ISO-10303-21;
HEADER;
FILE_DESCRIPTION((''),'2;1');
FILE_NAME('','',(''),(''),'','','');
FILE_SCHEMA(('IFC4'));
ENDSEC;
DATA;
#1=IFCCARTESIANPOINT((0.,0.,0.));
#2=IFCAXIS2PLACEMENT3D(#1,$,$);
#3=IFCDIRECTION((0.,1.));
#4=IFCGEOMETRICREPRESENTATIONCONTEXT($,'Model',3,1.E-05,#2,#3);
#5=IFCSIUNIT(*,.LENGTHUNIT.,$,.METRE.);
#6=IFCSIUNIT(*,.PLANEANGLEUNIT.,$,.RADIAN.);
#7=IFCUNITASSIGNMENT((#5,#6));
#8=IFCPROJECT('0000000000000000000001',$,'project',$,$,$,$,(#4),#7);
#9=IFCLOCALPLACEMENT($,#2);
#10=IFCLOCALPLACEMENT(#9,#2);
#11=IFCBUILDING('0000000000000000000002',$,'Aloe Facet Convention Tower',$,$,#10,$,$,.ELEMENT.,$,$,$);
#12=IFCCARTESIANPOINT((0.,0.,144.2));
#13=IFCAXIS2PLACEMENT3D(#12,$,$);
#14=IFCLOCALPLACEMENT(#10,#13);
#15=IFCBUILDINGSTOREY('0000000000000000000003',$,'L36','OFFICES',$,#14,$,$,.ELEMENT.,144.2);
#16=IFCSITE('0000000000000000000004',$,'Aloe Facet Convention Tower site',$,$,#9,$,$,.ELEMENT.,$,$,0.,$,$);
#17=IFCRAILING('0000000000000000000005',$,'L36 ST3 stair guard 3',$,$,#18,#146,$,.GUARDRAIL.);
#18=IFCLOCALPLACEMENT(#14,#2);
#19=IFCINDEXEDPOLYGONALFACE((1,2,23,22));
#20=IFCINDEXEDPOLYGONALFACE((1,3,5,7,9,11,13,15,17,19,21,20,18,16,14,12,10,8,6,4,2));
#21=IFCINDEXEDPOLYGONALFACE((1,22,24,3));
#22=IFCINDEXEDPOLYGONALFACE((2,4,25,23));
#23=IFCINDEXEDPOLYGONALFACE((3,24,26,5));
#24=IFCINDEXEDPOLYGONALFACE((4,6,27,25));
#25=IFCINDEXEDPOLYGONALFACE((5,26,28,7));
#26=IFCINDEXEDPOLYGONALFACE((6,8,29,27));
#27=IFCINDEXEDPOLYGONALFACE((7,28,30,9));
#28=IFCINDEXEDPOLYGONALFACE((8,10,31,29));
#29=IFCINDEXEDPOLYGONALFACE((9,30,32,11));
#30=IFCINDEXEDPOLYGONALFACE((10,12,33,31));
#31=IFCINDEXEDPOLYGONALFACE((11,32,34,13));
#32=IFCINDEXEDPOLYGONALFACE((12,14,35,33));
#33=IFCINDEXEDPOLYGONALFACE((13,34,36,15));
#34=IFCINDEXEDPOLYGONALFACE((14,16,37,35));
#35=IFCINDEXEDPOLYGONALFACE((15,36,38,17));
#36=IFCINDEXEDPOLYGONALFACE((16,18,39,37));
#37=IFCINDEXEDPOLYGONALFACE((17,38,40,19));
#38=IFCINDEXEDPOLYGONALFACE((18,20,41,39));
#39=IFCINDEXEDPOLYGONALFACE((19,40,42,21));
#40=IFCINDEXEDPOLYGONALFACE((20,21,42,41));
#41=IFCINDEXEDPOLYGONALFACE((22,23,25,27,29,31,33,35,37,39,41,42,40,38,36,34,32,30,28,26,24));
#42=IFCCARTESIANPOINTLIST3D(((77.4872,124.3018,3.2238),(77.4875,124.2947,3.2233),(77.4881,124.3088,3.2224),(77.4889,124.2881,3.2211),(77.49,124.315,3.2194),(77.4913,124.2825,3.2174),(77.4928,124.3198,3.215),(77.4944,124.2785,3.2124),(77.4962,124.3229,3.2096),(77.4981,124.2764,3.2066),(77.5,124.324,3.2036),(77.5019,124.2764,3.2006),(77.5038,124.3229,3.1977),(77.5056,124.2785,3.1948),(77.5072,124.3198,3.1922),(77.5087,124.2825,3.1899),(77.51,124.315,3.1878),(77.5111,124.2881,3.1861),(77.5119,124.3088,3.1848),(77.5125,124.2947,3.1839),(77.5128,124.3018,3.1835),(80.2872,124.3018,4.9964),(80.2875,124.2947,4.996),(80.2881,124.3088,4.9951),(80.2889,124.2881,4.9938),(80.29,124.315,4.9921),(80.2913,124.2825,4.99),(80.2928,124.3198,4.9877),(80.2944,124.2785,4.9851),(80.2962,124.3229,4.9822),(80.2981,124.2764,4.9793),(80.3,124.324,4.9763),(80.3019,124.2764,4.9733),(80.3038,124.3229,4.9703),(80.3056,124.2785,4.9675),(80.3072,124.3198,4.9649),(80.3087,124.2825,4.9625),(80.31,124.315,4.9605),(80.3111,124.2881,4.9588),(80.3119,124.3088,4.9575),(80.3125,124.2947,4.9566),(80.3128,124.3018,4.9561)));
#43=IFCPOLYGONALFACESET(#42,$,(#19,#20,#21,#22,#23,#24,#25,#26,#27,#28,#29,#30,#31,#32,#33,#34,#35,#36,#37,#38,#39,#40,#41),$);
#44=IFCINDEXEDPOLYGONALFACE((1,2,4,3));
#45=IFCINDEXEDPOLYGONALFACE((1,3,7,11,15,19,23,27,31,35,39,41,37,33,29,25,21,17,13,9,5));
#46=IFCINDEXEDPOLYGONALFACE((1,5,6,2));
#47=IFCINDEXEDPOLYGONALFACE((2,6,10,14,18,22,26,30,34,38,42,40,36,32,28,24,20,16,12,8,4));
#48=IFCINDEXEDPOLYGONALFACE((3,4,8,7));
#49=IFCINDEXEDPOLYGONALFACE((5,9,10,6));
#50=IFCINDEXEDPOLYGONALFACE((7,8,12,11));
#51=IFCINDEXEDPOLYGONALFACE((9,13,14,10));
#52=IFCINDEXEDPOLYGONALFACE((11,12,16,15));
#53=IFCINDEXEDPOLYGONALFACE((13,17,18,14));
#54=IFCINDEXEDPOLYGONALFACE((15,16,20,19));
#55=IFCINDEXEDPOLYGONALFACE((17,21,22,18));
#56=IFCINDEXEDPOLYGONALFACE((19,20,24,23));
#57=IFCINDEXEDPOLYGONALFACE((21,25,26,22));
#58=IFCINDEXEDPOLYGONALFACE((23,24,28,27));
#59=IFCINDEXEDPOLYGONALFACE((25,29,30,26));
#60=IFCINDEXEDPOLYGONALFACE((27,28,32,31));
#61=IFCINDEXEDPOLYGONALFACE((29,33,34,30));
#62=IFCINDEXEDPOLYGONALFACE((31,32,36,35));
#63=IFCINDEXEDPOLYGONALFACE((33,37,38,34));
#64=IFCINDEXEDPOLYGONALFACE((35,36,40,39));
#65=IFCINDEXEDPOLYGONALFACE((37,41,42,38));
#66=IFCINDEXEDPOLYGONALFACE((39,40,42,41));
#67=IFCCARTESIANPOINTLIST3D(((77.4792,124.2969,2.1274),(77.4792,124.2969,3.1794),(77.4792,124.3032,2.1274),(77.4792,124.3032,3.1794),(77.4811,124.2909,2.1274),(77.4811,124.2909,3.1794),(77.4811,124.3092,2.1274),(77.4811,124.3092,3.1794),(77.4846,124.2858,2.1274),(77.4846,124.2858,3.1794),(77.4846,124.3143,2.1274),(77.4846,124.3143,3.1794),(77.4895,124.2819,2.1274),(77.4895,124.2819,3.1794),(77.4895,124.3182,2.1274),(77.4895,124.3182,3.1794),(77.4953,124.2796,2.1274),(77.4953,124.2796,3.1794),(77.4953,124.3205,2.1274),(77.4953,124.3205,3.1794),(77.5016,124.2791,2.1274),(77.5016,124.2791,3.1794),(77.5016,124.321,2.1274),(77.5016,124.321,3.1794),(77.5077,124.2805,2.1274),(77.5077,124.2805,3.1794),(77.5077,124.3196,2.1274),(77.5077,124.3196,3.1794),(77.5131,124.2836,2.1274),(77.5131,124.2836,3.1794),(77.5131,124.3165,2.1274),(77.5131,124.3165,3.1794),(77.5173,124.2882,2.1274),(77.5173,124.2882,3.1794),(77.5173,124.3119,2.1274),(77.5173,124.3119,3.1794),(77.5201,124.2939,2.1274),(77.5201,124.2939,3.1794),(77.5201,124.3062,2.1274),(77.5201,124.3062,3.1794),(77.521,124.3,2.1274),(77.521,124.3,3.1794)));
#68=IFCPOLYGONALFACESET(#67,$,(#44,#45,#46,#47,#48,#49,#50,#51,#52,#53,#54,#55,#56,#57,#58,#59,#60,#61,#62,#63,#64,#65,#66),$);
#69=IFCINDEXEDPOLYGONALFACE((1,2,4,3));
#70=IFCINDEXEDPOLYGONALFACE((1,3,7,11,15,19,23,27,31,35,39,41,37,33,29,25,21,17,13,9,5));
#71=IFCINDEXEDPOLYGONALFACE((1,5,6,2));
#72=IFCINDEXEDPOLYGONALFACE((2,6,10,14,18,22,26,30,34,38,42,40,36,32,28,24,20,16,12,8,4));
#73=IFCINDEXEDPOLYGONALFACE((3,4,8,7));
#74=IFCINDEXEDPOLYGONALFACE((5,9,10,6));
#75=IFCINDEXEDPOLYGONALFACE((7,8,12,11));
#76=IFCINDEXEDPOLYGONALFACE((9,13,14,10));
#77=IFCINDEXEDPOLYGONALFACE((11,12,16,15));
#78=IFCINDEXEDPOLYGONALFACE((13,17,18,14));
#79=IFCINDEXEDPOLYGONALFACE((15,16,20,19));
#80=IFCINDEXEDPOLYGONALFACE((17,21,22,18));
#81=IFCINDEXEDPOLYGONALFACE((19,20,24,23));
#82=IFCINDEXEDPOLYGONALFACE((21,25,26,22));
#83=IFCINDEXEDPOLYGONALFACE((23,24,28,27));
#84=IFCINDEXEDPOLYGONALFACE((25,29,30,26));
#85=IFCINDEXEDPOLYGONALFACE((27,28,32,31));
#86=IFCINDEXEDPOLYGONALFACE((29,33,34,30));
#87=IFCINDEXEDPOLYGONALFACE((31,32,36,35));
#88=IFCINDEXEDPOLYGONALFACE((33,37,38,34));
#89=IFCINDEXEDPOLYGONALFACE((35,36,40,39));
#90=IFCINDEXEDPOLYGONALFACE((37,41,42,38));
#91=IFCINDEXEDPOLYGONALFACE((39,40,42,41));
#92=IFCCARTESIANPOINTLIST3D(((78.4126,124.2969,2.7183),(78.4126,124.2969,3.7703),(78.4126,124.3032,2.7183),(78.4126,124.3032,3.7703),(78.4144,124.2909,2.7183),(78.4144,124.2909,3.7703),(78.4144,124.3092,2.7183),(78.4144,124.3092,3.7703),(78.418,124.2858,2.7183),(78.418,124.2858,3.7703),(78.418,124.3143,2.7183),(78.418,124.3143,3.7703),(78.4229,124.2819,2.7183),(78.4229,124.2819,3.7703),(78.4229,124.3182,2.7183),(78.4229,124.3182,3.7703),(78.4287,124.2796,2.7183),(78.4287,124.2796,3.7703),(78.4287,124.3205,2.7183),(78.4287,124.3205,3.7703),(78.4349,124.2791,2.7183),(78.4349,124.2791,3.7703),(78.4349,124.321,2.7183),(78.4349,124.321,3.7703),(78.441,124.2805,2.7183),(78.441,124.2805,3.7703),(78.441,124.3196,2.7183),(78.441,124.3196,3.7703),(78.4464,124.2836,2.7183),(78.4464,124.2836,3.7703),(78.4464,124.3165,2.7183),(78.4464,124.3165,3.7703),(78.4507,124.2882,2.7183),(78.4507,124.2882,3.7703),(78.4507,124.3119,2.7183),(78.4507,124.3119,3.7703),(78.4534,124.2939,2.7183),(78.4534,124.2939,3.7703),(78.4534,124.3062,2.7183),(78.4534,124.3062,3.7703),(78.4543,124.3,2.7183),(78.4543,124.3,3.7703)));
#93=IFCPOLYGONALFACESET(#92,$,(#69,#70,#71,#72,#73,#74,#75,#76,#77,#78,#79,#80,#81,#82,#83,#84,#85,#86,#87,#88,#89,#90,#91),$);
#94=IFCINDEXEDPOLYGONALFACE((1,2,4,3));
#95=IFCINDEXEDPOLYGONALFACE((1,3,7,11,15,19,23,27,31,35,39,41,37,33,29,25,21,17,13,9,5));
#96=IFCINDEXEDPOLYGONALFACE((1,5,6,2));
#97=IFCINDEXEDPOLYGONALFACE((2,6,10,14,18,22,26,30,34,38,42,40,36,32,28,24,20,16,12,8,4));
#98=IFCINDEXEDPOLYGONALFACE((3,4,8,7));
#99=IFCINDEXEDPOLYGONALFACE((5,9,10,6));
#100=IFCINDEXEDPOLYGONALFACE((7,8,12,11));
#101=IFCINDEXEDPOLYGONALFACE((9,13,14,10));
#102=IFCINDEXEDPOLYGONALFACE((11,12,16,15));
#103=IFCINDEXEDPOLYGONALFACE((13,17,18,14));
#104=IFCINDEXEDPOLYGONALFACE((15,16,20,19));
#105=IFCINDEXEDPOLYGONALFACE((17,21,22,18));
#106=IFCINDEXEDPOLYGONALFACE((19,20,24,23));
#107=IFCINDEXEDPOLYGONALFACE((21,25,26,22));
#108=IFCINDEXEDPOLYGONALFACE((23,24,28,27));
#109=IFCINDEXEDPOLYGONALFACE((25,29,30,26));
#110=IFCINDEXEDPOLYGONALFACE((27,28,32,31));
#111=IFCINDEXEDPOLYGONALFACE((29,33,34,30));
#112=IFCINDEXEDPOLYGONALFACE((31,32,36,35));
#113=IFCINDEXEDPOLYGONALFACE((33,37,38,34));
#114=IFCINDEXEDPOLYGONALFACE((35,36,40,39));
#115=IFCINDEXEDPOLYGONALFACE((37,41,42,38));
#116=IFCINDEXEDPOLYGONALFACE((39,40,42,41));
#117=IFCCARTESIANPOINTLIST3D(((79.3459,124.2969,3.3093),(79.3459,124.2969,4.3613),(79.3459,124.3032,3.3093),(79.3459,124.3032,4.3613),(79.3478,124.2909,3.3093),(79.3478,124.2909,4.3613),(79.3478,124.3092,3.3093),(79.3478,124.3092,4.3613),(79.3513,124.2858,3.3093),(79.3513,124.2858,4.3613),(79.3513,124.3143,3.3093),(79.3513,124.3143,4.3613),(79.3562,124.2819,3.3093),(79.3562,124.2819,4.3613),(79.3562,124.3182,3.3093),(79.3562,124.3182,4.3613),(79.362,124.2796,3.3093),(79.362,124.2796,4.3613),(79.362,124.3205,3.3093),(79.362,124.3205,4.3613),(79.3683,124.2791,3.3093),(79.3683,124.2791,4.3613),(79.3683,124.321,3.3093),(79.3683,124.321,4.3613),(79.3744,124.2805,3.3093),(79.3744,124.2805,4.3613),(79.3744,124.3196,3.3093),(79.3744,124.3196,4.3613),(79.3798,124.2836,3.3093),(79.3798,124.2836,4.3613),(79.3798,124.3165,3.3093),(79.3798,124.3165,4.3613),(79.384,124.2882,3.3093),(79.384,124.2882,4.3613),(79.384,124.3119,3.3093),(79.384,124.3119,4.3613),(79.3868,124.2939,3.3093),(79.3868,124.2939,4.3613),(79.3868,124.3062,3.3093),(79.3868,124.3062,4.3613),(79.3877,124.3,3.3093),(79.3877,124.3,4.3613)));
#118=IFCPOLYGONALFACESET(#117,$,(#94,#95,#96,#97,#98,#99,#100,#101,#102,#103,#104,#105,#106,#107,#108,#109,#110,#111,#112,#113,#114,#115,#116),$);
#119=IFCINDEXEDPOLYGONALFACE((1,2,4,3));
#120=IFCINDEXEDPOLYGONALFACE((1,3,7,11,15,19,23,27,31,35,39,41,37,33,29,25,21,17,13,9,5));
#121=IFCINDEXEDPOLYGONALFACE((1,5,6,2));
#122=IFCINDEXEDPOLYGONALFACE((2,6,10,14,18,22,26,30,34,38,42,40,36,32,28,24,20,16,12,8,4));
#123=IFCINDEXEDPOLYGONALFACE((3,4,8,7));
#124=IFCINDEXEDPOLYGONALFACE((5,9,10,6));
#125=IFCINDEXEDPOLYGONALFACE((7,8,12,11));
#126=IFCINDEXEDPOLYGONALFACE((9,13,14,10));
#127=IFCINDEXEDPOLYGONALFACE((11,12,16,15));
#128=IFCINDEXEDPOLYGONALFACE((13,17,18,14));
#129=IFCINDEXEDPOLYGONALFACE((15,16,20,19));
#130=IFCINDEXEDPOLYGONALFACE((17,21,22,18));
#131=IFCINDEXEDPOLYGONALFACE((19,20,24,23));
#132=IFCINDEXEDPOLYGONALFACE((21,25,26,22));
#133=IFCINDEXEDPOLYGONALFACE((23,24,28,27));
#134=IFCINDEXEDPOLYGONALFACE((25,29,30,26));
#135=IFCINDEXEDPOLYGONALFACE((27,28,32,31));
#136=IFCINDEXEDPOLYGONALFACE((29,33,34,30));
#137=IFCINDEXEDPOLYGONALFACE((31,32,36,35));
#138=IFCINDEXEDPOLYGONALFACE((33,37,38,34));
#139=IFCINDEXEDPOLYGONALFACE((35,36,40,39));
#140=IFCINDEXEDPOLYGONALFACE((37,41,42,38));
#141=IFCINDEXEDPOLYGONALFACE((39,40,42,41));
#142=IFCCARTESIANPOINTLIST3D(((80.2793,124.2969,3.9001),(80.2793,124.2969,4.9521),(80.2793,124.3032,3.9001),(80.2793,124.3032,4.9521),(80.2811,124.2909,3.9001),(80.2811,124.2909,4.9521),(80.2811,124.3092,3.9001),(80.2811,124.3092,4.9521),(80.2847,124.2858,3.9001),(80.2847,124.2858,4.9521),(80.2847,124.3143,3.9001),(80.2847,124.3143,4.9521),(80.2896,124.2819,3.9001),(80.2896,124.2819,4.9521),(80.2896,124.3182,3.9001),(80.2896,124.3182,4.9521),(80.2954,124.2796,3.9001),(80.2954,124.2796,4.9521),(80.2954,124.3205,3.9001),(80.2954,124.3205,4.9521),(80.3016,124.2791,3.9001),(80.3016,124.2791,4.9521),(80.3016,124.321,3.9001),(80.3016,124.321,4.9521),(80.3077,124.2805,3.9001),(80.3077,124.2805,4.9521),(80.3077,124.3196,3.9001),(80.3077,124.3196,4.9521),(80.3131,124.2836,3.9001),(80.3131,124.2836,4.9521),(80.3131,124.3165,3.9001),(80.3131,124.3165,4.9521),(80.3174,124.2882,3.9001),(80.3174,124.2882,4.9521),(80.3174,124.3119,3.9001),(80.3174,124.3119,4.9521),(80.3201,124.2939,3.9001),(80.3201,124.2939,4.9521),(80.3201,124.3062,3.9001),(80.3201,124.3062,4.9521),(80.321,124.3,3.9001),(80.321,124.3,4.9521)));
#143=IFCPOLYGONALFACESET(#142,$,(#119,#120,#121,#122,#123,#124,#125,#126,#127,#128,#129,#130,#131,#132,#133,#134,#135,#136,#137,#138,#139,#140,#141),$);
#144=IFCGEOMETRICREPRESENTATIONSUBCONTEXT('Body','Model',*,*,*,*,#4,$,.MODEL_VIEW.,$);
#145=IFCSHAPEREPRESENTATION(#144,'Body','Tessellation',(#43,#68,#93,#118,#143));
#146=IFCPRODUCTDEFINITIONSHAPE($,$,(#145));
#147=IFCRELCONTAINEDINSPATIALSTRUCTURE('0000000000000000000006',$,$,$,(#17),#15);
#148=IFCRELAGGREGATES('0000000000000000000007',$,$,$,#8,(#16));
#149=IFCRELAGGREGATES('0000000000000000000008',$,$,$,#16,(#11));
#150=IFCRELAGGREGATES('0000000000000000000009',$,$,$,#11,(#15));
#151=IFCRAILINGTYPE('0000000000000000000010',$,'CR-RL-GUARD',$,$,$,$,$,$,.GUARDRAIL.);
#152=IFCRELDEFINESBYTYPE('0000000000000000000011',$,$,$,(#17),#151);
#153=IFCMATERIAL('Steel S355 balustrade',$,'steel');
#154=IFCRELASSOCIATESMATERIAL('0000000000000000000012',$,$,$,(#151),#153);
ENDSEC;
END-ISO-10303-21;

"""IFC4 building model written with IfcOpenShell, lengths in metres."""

from ifc_helpers import new_model, si_unit, direction, frame, origin, origin_2d, place, context, subcontext, project, spatial, circle, extrude, material, type_object, element, save


model = new_model("IFC4")

# Units and contexts
model_context = context("Model", 3, precision=1e-05, world=origin(), true_north=direction((0.0, 1.0)))
body_context = subcontext(model_context, "Body", "Model", "MODEL_VIEW")
ifc_project = project(units=[si_unit("LENGTHUNIT", "METRE"), si_unit("PLANEANGLEUNIT", "RADIAN")], contexts=[model_context])

# Site, building, storey
site_placement = place(None, origin())
site = spatial("IfcSite", under=ifc_project, at=site_placement, Name="Aloe Facet Convention Tower site", CompositionType="ELEMENT", RefElevation=0.0)
building_placement = place(site_placement, origin())
building = spatial("IfcBuilding", under=site, at=building_placement, Name="Aloe Facet Convention Tower", CompositionType="ELEMENT")
storey_placement = place(building_placement, frame((0.0, 0.0, 144.2)))
storey = spatial("IfcBuildingStorey", under=building, at=storey_placement, Name="L36", Description="OFFICES", CompositionType="ELEMENT", Elevation=144.2)

# Railing
ifc_material_1 = material(Name="Steel S355 balustrade", Category="steel")
railing_type_1 = type_object("IfcRailingType", Name="CR-RL-GUARD", PredefinedType="GUARDRAIL", material=ifc_material_1)
railing_1_placement = place(storey_placement, frame((77.5, 124.3, 2.1274)))
element("IfcRailing", 1, at=railing_1_placement, inside=storey, type_object=railing_type_1, Name="L36 ST3 stair guard 3", PredefinedType="GUARDRAIL", context=body_context, shape_type="SweptSolid", body=[
    extrude(circle(Radius=0.0239, at=origin_2d()), frame((0.0, 0.0, 1.0762), z_axis=(0.844909, 0.0, 0.53491), x_axis=(0.0, 1.0, 0.0)), (0.0, 0.0, 1.0), 3.314),
    extrude(circle(Radius=0.021, at=origin_2d()), origin(), (0.0, 0.0, 1.0), 1.052),
    extrude(circle(Radius=0.021, at=origin_2d()), frame((0.9333, 0.0, 0.5908)), (0.0, 0.0, 1.0), 1.052),
    extrude(circle(Radius=0.021, at=origin_2d()), frame((1.8667, 0.0, 1.1819)), (0.0, 0.0, 1.0), 1.052),
    extrude(circle(Radius=0.021, at=origin_2d()), frame((2.8, 0.0, 1.7727)), (0.0, 0.0, 1.0), 1.052),
])

save(model, "model.ifc")
